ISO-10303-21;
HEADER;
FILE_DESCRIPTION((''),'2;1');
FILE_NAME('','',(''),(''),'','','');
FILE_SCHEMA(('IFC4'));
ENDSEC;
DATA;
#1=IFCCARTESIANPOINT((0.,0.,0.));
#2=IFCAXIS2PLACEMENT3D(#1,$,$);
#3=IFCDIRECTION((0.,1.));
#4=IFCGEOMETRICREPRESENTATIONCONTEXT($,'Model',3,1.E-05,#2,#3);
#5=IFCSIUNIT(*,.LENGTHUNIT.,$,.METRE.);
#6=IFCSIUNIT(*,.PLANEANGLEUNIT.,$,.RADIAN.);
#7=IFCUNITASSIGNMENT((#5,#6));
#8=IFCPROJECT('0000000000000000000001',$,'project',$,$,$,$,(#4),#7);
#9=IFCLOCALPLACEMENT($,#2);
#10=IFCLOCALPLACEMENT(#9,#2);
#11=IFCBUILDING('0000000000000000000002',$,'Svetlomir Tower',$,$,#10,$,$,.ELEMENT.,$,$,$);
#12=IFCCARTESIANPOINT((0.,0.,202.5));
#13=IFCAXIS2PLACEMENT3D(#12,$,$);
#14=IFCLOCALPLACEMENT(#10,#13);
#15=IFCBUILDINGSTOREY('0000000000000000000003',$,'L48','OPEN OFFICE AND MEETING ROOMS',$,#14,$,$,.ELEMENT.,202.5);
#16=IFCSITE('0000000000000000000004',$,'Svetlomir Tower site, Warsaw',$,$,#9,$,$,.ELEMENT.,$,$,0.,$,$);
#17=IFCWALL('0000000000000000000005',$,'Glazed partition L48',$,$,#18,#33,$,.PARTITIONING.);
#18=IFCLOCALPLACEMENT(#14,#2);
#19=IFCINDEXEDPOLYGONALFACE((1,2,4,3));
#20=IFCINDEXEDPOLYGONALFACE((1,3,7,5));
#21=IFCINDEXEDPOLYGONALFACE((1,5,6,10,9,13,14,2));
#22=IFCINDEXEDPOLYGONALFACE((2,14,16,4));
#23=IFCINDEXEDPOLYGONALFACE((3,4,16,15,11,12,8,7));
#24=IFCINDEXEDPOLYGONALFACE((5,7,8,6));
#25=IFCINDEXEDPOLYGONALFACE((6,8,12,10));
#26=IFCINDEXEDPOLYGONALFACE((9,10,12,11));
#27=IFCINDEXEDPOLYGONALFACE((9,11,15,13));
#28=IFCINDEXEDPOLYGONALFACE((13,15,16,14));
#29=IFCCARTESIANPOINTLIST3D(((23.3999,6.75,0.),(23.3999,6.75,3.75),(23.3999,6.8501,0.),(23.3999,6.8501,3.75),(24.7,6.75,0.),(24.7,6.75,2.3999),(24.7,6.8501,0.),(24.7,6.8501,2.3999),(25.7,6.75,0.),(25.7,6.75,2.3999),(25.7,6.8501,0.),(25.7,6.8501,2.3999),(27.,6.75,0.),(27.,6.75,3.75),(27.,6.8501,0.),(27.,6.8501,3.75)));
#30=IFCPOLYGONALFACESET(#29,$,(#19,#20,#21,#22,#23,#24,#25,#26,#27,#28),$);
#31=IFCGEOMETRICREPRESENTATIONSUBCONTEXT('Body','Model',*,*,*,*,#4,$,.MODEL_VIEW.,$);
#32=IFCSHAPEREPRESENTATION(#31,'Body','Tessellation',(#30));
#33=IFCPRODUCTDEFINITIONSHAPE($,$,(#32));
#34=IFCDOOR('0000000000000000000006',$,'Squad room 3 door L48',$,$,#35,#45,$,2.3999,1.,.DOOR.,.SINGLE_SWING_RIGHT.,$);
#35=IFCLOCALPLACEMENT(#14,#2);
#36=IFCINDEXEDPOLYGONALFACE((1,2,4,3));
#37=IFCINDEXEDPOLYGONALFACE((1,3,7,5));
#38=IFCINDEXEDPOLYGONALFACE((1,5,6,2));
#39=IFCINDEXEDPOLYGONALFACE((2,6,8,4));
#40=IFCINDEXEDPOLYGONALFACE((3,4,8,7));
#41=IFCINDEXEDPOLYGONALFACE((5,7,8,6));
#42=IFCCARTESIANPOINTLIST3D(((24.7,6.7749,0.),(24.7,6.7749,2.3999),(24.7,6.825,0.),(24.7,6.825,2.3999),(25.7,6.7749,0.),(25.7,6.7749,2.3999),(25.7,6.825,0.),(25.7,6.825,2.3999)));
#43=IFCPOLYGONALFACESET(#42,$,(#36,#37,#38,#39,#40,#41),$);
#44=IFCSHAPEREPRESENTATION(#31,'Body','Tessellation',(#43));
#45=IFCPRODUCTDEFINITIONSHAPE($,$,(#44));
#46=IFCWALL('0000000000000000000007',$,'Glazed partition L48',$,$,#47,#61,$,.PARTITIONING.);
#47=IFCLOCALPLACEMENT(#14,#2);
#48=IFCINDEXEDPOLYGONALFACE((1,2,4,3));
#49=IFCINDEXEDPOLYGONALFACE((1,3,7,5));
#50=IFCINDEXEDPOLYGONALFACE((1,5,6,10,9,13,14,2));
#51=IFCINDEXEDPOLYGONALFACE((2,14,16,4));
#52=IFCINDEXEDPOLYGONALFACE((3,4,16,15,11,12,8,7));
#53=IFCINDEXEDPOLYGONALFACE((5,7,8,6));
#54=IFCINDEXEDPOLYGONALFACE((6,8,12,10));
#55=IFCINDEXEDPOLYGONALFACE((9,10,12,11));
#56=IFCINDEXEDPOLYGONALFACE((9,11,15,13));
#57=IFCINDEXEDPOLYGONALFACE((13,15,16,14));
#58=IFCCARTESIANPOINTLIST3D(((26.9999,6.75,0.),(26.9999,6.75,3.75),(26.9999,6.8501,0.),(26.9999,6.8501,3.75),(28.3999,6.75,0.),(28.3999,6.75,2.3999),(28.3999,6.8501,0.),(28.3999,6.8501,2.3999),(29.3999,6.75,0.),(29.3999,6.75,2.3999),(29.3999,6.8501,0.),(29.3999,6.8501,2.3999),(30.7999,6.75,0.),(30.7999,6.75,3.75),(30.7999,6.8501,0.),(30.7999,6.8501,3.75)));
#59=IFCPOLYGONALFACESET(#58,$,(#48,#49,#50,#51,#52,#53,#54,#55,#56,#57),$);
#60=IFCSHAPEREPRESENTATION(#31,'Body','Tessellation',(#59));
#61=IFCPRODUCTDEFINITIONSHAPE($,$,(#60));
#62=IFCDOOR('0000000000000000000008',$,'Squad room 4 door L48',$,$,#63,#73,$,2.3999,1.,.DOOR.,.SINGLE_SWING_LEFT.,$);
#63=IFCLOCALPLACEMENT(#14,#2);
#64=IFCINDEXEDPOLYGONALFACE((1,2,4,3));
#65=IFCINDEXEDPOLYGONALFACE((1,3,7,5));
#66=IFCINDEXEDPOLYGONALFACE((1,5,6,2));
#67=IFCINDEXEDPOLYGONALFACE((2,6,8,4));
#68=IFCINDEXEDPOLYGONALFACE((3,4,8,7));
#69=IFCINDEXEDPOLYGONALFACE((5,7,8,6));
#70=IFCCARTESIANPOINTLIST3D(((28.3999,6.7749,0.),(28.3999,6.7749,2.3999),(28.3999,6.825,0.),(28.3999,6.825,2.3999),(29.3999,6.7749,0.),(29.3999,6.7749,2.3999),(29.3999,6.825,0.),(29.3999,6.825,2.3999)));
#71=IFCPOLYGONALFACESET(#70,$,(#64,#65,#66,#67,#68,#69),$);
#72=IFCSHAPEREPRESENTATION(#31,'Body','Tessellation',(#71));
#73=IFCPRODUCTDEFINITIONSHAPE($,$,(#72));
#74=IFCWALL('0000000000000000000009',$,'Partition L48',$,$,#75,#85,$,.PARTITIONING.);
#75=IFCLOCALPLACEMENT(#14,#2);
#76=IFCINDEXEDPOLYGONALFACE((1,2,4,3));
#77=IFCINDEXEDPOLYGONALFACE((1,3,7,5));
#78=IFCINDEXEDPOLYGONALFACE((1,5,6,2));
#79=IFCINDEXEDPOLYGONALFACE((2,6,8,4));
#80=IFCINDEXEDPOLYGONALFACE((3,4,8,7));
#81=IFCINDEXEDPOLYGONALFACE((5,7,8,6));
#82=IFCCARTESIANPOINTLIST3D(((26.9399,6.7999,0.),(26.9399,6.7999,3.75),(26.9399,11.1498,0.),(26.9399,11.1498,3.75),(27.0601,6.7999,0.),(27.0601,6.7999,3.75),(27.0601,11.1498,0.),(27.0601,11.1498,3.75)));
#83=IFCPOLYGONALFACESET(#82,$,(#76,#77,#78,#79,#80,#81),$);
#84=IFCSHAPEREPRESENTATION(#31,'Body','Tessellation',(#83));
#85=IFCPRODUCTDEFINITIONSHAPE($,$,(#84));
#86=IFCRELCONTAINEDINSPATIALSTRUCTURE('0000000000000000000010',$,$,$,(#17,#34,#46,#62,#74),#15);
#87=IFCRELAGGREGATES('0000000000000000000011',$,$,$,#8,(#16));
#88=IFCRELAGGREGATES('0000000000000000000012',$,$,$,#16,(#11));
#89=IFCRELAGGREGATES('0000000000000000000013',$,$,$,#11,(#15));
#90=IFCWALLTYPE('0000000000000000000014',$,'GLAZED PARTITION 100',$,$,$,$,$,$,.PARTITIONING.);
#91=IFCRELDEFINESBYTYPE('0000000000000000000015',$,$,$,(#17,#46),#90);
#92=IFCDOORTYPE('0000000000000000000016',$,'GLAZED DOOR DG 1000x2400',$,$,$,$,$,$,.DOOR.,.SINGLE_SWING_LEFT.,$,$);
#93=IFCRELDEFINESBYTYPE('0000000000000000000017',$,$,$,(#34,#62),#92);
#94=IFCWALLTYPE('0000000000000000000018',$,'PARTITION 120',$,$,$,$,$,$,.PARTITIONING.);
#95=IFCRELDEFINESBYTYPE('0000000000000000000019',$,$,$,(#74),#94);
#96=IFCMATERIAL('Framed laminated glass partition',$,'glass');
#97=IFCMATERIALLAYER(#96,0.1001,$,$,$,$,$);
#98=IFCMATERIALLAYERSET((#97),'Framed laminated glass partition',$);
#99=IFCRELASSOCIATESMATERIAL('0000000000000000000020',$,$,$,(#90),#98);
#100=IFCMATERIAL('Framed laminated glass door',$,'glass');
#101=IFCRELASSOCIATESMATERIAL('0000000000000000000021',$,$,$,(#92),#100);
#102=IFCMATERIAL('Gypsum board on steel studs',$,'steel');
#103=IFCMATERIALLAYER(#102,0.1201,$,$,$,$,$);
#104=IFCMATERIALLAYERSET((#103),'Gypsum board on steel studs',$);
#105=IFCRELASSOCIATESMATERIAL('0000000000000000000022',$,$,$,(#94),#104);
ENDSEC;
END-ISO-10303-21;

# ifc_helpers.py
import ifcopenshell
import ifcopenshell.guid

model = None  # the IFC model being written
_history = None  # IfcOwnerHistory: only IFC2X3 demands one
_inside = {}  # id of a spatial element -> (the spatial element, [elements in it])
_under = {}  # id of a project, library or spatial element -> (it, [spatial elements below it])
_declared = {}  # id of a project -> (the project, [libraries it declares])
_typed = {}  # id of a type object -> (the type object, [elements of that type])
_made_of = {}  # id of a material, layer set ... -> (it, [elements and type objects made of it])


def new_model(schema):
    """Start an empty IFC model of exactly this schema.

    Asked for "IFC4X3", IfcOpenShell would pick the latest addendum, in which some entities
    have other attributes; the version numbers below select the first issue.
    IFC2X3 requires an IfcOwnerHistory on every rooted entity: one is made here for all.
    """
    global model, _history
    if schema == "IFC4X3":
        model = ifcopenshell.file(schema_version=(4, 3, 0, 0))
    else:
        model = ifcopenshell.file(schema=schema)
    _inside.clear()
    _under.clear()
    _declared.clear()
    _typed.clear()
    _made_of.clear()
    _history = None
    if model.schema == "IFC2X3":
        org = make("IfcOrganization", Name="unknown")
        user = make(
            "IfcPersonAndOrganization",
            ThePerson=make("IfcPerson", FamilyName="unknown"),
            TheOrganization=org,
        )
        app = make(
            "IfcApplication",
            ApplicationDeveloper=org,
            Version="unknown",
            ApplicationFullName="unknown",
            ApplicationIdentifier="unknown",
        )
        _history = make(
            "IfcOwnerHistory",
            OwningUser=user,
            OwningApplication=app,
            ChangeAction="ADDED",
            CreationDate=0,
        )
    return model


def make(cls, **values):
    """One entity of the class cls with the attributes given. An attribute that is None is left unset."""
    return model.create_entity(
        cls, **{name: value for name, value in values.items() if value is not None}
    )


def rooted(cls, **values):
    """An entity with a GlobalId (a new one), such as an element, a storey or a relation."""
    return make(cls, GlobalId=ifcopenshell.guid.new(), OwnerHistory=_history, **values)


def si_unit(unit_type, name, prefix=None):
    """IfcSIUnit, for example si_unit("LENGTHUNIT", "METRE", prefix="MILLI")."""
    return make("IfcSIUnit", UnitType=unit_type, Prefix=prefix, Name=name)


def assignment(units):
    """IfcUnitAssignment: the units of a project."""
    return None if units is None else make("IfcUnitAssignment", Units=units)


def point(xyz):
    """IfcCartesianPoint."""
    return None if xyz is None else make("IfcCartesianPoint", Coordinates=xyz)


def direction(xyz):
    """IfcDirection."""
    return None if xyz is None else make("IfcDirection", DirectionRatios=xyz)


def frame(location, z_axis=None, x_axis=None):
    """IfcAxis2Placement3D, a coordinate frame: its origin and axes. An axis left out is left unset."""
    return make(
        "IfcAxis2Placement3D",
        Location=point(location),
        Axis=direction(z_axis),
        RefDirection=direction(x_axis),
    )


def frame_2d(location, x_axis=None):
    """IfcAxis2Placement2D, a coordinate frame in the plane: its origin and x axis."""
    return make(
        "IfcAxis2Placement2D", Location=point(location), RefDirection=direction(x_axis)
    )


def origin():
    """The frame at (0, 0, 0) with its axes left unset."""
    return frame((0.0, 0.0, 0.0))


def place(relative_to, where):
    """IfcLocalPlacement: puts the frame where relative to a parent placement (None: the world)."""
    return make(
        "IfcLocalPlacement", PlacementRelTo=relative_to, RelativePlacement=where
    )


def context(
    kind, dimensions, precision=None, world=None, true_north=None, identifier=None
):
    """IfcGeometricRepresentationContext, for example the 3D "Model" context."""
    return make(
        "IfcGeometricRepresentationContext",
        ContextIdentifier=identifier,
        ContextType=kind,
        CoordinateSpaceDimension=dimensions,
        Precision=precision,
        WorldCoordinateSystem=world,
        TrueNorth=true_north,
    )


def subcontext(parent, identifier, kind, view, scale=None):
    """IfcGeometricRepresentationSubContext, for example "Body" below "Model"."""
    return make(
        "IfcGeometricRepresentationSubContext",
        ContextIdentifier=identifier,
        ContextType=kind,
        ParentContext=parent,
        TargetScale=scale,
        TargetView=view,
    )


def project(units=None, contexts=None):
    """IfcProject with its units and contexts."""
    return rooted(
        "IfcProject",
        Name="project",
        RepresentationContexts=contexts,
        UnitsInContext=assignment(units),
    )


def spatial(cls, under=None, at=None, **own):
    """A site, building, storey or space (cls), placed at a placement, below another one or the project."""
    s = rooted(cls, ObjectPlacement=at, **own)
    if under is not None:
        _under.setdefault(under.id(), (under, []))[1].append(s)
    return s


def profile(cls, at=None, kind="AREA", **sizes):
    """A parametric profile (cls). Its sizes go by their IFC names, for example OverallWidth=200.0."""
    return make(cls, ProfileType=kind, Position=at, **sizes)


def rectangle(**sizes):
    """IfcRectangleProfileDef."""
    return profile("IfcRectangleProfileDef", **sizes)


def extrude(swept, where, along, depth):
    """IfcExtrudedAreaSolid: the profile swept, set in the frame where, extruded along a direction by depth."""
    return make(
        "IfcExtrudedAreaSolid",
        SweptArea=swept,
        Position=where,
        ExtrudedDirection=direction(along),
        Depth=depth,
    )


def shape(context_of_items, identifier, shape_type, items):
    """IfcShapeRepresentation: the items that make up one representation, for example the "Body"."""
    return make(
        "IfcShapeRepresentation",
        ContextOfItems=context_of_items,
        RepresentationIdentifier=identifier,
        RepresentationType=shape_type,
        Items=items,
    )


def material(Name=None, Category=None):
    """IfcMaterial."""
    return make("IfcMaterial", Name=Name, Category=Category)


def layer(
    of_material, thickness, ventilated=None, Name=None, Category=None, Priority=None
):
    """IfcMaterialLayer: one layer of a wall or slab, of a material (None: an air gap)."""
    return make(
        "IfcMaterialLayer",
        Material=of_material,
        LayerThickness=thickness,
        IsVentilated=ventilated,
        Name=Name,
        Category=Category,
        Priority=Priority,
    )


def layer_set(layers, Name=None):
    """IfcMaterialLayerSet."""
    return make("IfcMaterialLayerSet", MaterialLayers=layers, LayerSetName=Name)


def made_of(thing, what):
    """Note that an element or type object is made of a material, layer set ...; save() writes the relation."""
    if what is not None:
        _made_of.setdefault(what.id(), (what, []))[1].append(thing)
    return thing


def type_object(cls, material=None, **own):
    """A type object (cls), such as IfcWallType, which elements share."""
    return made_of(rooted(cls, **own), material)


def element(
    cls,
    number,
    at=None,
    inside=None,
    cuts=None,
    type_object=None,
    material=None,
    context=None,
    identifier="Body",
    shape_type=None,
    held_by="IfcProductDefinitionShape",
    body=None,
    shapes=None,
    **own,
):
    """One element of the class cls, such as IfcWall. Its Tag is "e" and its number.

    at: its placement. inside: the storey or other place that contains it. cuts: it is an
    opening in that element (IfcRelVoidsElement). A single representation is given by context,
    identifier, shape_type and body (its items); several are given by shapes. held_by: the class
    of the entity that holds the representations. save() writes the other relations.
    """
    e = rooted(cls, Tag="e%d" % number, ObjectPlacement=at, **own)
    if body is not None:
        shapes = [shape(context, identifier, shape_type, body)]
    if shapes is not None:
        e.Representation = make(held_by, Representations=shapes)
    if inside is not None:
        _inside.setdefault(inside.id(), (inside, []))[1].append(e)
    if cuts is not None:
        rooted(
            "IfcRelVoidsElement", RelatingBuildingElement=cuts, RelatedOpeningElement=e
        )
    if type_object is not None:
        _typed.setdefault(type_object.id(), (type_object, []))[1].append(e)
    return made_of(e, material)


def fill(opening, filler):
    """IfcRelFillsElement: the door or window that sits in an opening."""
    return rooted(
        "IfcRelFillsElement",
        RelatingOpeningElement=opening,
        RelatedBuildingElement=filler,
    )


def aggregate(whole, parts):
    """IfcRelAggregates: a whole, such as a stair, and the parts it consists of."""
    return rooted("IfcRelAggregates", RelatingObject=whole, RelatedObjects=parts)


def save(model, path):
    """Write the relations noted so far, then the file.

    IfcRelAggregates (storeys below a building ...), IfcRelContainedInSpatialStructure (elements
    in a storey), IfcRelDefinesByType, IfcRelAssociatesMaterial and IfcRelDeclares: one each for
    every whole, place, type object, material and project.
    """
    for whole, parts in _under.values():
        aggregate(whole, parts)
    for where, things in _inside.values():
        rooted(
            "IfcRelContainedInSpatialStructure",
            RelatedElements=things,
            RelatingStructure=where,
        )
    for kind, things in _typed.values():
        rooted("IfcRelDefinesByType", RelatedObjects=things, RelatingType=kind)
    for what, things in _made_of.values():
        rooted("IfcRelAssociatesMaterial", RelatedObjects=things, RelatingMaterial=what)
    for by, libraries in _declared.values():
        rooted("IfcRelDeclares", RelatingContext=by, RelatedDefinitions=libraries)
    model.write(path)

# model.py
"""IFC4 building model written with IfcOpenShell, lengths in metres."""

from ifc_helpers import new_model, si_unit, direction, frame, frame_2d, origin, place, context, subcontext, project, spatial, rectangle, extrude, material, layer, layer_set, type_object, element, fill, save


model = new_model("IFC4")

# Units and contexts
model_context = context("Model", 3, precision=1e-05, world=origin(), true_north=direction((0.0, 1.0)))
body_context = subcontext(model_context, "Body", "Model", "MODEL_VIEW")
ifc_project = project(units=[si_unit("LENGTHUNIT", "METRE"), si_unit("PLANEANGLEUNIT", "RADIAN")], contexts=[model_context])

# Site, building, storey
site_placement = place(None, origin())
site = spatial("IfcSite", under=ifc_project, at=site_placement, Name="Svetlomir Tower site, Warsaw", CompositionType="ELEMENT", RefElevation=0.0)
building_placement = place(site_placement, origin())
building = spatial("IfcBuilding", under=site, at=building_placement, Name="Svetlomir Tower", CompositionType="ELEMENT")
storey_placement = place(building_placement, frame((0.0, 0.0, 202.5)))
storey = spatial("IfcBuildingStorey", under=building, at=storey_placement, Name="L48", Description="OPEN OFFICE AND MEETING ROOMS", CompositionType="ELEMENT", Elevation=202.5)

# Shared definitions
ifc_material_1 = material(Name="Framed laminated glass partition", Category="glass")
ifc_layer_1 = layer(ifc_material_1, 0.1001)
ifc_layer_set_1 = layer_set([ifc_layer_1], Name="Framed laminated glass partition")
wall_type_1 = type_object("IfcWallType", Name="GLAZED PARTITION 100", PredefinedType="PARTITIONING", material=ifc_layer_set_1)

# Walls, openings, doors
wall_1_placement = place(storey_placement, frame((23.3999, 6.8, 0.0), z_axis=(0.0, 0.0, 1.0), x_axis=(1.0, 0.0, 0.0)))
wall_1 = element("IfcWall", 1, at=wall_1_placement, inside=storey, type_object=wall_type_1, Name="Glazed partition L48", PredefinedType="PARTITIONING", context=body_context, shape_type="SweptSolid", body=[
    extrude(rectangle(XDim=3.6001, YDim=0.1001, at=frame_2d((1.8, 0.0))), origin(), (0.0, 0.0, 1.0), 3.75),
])
opening_1_placement = place(wall_1_placement, frame((1.3, 0.0, 0.0)))
opening_1 = element("IfcOpeningElement", 2, at=opening_1_placement, cuts=wall_1, PredefinedType="OPENING", context=body_context, shape_type="SweptSolid", body=[
    extrude(rectangle(XDim=1.0, YDim=2.3999, at=frame_2d((0.5, 1.2))), frame((0.0, 0.0601, 0.0), z_axis=(0.0, -1.0, 0.0), x_axis=(1.0, 0.0, 0.0)), (0.0, 0.0, 1.0), 0.1201),
])
ifc_material_2 = material(Name="Framed laminated glass door", Category="glass")
door_type_1 = type_object("IfcDoorType", Name="GLAZED DOOR DG 1000x2400", OperationType="SINGLE_SWING_LEFT", PredefinedType="DOOR", material=ifc_material_2)
door_1_placement = place(opening_1_placement, origin())
door_1 = element("IfcDoor", 3, at=door_1_placement, inside=storey, type_object=door_type_1, Name="Squad room 3 door L48", OperationType="SINGLE_SWING_RIGHT", OverallHeight=2.3999, OverallWidth=1.0, PredefinedType="DOOR", context=body_context, shape_type="SweptSolid", body=[
    extrude(rectangle(XDim=1.0, YDim=2.3999, at=frame_2d((0.5, 1.2))), frame((0.0, 0.0249, 0.0), z_axis=(0.0, -1.0, 0.0), x_axis=(1.0, 0.0, 0.0)), (0.0, 0.0, 1.0), 0.05),
])
fill(opening_1, door_1)
wall_2_placement = place(storey_placement, frame((27.0, 6.8, 0.0), z_axis=(0.0, 0.0, 1.0), x_axis=(1.0, 0.0, 0.0)))
wall_2 = element("IfcWall", 4, at=wall_2_placement, inside=storey, type_object=wall_type_1, Name="Glazed partition L48", PredefinedType="PARTITIONING", context=body_context, shape_type="SweptSolid", body=[
    extrude(rectangle(XDim=3.8, YDim=0.1001, at=frame_2d((1.8999, 0.0))), origin(), (0.0, 0.0, 1.0), 3.75),
])
opening_2_placement = place(wall_2_placement, frame((1.3999, 0.0, 0.0)))
opening_2 = element("IfcOpeningElement", 5, at=opening_2_placement, cuts=wall_2, PredefinedType="OPENING", context=body_context, shape_type="SweptSolid", body=[
    extrude(rectangle(XDim=1.0, YDim=2.3999, at=frame_2d((0.5, 1.2))), frame((0.0, 0.0601, 0.0), z_axis=(0.0, -1.0, 0.0), x_axis=(1.0, 0.0, 0.0)), (0.0, 0.0, 1.0), 0.1201),
])
door_2_placement = place(opening_2_placement, origin())
door_2 = element("IfcDoor", 6, at=door_2_placement, inside=storey, type_object=door_type_1, Name="Squad room 4 door L48", OperationType="SINGLE_SWING_LEFT", OverallHeight=2.3999, OverallWidth=1.0, PredefinedType="DOOR", context=body_context, shape_type="SweptSolid", body=[
    extrude(rectangle(XDim=1.0, YDim=2.3999, at=frame_2d((0.5, 1.2))), frame((0.0, 0.0249, 0.0), z_axis=(0.0, -1.0, 0.0), x_axis=(1.0, 0.0, 0.0)), (0.0, 0.0, 1.0), 0.05),
])
fill(opening_2, door_2)

# Wall
ifc_material_3 = material(Name="Gypsum board on steel studs", Category="steel")
ifc_layer_2 = layer(ifc_material_3, 0.1201)
ifc_layer_set_2 = layer_set([ifc_layer_2], Name="Gypsum board on steel studs")
wall_type_2 = type_object("IfcWallType", Name="PARTITION 120", PredefinedType="PARTITIONING", material=ifc_layer_set_2)
wall_3_placement = place(storey_placement, frame((27.0, 6.8, 0.0), z_axis=(0.0, 0.0, 1.0), x_axis=(0.0, 1.0, 0.0)))
element("IfcWall", 7, at=wall_3_placement, inside=storey, type_object=wall_type_2, Name="Partition L48", PredefinedType="PARTITIONING", context=body_context, shape_type="SweptSolid", body=[
    extrude(rectangle(XDim=4.3499, YDim=0.1201, at=frame_2d((2.1748, 0.0))), origin(), (0.0, 0.0, 1.0), 3.75),
])

save(model, "model.ifc")
